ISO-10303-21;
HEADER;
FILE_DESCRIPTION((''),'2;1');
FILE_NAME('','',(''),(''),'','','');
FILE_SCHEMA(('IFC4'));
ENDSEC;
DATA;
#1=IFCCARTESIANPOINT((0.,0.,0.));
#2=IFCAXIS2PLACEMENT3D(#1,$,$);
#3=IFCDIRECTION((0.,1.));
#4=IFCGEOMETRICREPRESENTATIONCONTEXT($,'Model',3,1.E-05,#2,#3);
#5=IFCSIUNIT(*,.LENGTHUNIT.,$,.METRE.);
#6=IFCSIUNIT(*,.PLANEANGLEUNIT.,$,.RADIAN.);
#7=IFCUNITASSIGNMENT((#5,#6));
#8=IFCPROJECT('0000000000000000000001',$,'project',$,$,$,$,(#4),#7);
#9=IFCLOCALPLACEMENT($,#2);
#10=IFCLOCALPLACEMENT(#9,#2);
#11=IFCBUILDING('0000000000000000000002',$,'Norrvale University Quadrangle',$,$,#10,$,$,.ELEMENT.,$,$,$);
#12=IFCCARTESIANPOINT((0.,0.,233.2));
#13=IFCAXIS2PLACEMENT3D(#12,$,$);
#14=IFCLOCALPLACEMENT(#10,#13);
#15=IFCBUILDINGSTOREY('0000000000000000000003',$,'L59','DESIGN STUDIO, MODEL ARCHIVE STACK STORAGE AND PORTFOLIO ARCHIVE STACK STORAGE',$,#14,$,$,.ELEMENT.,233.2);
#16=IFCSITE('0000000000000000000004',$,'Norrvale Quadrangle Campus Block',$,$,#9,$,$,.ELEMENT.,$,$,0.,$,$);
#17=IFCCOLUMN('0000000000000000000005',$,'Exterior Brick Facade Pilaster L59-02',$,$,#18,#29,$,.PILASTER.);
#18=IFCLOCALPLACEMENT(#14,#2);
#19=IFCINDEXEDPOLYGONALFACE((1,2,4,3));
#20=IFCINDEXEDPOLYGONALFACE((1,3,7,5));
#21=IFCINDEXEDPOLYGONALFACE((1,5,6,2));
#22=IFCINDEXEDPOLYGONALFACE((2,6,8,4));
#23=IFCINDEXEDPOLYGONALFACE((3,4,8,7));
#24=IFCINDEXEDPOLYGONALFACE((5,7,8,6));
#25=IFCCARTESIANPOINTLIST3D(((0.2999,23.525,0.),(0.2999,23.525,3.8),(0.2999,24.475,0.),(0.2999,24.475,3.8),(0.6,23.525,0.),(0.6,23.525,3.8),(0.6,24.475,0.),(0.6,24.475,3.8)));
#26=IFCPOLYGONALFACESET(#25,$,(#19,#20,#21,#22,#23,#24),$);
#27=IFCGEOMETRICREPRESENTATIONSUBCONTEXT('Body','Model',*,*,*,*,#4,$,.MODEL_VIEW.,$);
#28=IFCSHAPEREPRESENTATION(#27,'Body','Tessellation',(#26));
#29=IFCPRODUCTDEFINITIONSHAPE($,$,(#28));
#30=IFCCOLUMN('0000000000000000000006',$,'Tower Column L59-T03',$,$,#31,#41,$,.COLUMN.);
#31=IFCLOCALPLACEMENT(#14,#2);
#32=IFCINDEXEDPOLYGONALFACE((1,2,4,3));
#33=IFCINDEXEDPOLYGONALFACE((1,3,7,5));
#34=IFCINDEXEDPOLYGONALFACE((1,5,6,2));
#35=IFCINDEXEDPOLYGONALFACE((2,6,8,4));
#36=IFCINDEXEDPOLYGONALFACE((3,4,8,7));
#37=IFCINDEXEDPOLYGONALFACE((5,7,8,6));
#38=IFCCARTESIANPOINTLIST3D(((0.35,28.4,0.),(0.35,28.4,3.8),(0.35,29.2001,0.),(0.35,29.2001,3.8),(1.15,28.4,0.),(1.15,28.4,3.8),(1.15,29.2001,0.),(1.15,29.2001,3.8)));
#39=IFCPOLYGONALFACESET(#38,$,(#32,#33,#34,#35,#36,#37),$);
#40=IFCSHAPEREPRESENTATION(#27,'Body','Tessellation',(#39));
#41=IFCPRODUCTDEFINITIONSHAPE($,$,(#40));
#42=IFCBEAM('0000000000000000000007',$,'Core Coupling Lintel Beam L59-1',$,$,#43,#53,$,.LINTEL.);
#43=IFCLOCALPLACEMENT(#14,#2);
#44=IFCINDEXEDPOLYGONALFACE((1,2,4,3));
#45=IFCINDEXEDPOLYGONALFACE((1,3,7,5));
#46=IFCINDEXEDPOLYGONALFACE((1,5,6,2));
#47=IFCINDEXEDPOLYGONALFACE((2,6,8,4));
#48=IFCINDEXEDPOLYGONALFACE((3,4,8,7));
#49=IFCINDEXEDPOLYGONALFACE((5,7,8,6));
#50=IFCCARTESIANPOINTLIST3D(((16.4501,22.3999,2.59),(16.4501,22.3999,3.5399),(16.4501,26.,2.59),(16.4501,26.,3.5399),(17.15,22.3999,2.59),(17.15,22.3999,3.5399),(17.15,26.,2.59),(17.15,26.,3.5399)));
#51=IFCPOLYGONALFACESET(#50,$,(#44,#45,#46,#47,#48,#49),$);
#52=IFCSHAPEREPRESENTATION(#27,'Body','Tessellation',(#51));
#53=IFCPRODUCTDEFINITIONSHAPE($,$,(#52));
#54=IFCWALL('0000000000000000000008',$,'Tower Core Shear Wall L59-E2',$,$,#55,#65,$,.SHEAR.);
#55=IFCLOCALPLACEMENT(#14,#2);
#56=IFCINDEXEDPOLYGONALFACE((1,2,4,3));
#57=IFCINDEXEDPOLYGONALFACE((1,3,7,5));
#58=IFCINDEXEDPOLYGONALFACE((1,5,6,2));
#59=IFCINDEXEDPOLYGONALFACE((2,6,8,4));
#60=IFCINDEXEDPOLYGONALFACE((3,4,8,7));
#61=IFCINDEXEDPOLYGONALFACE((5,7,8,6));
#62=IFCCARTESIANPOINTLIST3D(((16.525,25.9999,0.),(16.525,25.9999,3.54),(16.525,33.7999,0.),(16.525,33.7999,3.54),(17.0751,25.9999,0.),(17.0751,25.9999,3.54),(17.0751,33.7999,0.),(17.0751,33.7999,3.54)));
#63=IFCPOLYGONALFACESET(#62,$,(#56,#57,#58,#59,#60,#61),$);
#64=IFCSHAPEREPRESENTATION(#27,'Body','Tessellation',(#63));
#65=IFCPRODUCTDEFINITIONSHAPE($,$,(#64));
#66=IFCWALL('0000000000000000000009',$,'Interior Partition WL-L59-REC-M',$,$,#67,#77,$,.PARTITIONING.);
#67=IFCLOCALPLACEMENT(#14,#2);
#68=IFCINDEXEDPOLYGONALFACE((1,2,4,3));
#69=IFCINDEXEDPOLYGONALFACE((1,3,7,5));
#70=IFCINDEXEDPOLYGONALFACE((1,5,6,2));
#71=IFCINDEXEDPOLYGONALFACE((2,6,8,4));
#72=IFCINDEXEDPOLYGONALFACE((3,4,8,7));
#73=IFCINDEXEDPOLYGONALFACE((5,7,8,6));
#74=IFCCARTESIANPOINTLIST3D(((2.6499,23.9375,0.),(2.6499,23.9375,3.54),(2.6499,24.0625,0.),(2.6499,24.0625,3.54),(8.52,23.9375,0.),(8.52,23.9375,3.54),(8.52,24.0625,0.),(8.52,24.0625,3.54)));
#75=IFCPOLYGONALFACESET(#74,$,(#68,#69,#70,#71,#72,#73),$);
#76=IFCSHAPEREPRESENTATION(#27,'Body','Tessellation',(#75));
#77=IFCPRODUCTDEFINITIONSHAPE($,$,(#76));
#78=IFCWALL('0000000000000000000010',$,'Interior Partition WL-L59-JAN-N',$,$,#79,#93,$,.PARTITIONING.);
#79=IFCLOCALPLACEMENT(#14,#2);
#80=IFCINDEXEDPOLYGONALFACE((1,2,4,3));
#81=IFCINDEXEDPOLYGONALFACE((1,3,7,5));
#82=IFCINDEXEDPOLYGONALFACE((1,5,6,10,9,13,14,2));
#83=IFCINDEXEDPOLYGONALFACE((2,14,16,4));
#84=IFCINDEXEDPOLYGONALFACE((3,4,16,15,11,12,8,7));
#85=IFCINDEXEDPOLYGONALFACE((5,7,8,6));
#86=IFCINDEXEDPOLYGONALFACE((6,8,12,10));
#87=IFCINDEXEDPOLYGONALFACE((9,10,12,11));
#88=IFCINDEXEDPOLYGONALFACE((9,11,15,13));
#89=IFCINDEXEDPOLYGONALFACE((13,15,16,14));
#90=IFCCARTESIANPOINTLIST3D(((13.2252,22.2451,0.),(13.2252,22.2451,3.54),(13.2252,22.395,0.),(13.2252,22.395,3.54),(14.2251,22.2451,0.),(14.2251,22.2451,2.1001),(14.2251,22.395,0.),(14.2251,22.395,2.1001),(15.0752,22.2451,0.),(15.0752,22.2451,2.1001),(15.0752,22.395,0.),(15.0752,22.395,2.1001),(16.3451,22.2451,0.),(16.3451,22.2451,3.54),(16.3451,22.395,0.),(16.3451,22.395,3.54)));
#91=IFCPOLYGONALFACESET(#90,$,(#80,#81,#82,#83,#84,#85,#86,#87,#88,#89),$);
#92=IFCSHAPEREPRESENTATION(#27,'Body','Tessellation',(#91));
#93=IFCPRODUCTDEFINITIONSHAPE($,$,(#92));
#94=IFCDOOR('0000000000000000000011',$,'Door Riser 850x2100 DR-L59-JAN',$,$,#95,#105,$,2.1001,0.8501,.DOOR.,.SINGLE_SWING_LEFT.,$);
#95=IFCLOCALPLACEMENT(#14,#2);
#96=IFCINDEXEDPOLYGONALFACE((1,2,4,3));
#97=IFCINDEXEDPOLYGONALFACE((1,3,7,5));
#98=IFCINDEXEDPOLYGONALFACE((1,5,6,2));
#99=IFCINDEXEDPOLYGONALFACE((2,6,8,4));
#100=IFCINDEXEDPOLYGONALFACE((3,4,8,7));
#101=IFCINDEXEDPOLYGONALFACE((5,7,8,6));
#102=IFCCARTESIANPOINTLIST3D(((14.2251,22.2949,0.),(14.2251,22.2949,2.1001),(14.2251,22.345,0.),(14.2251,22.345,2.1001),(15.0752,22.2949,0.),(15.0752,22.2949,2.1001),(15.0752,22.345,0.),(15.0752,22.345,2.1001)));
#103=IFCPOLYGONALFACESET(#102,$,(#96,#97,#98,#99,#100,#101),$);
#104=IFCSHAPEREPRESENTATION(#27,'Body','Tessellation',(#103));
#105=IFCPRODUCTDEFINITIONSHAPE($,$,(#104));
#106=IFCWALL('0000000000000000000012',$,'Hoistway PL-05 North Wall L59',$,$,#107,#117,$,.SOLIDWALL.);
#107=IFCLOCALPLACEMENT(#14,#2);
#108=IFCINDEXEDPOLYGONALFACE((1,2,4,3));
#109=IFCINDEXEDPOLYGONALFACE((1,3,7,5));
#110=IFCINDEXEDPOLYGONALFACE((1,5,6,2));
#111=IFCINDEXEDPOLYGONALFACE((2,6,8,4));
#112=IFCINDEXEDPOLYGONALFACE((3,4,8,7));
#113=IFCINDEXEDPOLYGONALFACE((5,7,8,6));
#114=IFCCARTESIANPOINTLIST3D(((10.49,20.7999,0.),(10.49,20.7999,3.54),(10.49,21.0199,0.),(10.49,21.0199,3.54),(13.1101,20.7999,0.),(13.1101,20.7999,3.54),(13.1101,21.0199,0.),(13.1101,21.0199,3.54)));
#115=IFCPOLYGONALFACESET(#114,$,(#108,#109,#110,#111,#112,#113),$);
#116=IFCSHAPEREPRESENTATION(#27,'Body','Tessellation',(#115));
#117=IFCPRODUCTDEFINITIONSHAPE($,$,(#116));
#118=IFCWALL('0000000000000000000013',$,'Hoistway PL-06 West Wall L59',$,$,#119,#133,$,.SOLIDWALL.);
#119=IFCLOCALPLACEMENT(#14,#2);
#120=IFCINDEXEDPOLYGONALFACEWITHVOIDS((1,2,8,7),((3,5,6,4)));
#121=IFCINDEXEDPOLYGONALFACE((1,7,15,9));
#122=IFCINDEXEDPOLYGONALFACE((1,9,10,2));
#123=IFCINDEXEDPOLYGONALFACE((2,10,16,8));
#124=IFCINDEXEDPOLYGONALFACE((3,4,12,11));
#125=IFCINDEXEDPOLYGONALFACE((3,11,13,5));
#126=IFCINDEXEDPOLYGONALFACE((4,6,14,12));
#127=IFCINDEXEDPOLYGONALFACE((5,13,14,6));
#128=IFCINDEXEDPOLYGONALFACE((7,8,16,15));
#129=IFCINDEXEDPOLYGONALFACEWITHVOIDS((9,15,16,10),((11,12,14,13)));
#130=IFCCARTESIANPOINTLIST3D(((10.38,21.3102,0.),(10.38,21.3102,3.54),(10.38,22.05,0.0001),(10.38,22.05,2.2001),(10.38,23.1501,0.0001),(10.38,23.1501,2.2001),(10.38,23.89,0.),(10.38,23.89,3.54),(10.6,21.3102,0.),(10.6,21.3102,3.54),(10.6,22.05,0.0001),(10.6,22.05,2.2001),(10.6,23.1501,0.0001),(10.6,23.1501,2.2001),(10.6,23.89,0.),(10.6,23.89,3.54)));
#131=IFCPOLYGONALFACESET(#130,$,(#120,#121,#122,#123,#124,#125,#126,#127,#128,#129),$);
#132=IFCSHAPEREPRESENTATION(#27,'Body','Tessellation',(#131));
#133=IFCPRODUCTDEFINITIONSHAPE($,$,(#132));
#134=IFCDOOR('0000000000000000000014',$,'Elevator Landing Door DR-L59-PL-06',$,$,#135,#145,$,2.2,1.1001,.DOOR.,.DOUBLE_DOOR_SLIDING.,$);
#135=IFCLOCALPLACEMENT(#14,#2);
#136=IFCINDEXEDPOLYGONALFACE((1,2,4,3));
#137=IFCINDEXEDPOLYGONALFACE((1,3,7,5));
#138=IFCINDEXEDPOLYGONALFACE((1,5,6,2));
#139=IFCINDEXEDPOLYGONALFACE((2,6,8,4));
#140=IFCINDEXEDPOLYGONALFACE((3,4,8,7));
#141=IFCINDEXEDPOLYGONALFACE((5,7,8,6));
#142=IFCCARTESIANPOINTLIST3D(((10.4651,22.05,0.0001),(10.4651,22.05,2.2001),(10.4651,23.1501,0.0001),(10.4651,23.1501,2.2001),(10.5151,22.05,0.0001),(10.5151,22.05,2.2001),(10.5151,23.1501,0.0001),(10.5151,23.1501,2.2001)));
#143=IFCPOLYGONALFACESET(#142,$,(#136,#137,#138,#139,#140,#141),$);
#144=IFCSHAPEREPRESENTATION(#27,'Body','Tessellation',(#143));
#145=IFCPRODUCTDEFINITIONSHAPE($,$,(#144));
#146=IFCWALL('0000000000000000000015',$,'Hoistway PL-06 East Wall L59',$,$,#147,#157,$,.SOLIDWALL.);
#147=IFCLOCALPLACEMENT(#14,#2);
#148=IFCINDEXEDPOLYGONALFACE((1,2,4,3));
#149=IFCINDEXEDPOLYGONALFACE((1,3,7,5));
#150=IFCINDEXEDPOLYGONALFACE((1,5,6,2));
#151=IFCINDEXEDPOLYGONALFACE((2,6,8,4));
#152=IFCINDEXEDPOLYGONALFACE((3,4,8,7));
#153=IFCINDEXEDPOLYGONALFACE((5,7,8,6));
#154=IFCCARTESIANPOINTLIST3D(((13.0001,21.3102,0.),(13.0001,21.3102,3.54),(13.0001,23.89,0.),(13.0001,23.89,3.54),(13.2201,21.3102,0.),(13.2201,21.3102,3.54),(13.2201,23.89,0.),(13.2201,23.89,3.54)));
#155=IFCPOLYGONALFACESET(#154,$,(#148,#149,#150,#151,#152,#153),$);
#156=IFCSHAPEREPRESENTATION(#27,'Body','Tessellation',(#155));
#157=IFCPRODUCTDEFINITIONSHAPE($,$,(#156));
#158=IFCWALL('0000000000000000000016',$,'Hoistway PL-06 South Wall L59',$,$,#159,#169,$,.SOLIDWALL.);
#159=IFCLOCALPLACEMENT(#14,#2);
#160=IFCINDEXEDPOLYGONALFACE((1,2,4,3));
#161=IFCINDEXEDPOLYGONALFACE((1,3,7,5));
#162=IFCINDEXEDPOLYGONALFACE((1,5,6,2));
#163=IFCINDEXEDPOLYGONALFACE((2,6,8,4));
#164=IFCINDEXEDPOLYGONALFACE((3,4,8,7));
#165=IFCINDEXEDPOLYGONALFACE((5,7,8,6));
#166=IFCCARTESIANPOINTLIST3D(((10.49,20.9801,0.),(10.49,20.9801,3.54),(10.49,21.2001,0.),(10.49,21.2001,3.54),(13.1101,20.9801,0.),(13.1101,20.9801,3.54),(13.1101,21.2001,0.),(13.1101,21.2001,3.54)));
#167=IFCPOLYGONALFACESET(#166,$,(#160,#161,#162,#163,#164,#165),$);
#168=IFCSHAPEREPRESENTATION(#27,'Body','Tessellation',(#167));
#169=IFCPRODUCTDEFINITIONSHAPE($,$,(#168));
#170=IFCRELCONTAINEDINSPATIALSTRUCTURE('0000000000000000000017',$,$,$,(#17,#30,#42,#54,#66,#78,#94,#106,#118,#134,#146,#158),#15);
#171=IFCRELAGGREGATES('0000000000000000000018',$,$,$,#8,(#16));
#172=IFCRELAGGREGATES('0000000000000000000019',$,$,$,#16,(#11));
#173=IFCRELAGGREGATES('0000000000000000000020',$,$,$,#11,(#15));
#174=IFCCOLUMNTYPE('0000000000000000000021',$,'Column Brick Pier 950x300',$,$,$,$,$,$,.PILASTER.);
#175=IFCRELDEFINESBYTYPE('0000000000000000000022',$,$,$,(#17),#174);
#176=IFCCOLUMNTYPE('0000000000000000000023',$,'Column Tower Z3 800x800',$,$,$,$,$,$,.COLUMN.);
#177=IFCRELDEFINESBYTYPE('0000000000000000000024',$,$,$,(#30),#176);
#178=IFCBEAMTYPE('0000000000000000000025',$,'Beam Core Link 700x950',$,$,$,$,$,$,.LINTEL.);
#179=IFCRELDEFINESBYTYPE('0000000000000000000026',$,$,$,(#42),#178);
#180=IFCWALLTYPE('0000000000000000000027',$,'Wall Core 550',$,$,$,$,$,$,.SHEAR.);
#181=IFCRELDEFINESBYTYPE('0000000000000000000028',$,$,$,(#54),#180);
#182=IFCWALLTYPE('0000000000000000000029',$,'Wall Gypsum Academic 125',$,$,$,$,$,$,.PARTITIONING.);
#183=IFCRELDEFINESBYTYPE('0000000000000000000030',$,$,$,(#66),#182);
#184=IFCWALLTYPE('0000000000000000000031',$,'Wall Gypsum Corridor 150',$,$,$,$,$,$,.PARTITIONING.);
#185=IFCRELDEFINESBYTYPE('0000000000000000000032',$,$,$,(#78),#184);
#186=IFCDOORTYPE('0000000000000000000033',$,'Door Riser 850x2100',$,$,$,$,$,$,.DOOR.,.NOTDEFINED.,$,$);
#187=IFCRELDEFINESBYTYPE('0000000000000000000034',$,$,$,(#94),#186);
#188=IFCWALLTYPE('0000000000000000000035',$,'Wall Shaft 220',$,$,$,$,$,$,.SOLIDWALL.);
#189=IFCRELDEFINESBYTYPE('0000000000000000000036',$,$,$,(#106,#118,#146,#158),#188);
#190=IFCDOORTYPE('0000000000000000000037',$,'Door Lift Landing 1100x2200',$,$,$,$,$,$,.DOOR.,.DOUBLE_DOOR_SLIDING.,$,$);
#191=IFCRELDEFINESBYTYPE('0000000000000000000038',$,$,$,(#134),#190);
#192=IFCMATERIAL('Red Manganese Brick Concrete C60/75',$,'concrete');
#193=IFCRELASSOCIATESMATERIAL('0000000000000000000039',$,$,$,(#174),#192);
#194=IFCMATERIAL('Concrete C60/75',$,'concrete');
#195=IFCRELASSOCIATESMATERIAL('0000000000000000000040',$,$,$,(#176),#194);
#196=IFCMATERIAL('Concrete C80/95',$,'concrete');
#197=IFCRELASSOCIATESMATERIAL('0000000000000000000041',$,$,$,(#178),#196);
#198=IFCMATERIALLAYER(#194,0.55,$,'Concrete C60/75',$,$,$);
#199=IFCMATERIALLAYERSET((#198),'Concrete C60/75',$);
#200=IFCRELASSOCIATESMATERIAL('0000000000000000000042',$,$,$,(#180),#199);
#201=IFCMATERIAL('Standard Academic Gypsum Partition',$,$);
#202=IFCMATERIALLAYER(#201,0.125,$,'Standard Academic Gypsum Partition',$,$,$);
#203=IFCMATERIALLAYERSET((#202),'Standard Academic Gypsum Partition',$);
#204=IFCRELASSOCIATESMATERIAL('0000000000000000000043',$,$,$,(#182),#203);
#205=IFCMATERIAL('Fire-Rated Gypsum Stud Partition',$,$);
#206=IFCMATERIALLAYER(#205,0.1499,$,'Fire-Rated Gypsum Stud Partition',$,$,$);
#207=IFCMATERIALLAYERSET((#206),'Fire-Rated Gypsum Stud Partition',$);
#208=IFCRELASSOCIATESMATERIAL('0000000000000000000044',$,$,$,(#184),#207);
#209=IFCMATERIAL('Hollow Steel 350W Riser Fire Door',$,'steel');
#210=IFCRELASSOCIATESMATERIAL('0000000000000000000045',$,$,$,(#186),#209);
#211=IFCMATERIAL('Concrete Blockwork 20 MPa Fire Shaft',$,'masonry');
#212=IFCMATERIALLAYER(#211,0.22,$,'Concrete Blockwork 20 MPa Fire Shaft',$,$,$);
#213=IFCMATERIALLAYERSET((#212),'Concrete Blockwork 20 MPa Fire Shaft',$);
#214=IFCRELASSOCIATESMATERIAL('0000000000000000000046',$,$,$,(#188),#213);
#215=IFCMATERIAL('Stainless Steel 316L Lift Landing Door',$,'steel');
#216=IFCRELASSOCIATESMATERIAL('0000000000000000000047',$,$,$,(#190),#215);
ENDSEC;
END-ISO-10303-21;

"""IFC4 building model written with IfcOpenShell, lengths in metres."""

from ifc_helpers import new_model, si_unit, direction, frame, frame_2d, origin, origin_2d, place, context, subcontext, project, spatial, rectangle, extrude, material, layer, layer_set, material_profile, profile_set, type_object, element, fill, save


model = new_model("IFC4")

# Units and contexts
model_context = context("Model", 3, precision=1e-05, world=origin(), true_north=direction((0.0, 1.0)))
body_context = subcontext(model_context, "Body", "Model", "MODEL_VIEW")
ifc_project = project(units=[si_unit("LENGTHUNIT", "METRE"), si_unit("PLANEANGLEUNIT", "RADIAN")], contexts=[model_context])

# Site, building, storey
site_placement = place(None, origin())
site = spatial("IfcSite", under=ifc_project, at=site_placement, Name="Norrvale Quadrangle Campus Block", CompositionType="ELEMENT", RefElevation=0.0)
building_placement = place(site_placement, origin())
building = spatial("IfcBuilding", under=site, at=building_placement, Name="Norrvale University Quadrangle", CompositionType="ELEMENT")
storey_placement = place(building_placement, frame((0.0, 0.0, 233.2)))
storey = spatial("IfcBuildingStorey", under=building, at=storey_placement, Name="L59", Description="DESIGN STUDIO, MODEL ARCHIVE STACK STORAGE AND PORTFOLIO ARCHIVE STACK STORAGE", CompositionType="ELEMENT", Elevation=233.2)

# Columns
ifc_material_1 = material(Name="Red Manganese Brick Concrete C60/75", Category="concrete")
ifc_material_profile_1 = material_profile(ifc_material_1, rectangle(XDim=0.95, YDim=0.3, at=origin_2d()), Name="Red Manganese Brick Concrete C60/75")
ifc_profile_set_1 = profile_set([ifc_material_profile_1], Name="Red Manganese Brick Concrete C60/75")
column_type_1 = type_object("IfcColumnType", Name="Column Brick Pier 950x300", PredefinedType="PILASTER", material=ifc_profile_set_1)
column_1_placement = place(storey_placement, frame((0.45, 24.0, 0.0), z_axis=(0.0, 0.0, 1.0), x_axis=(0.0, 1.0, 0.0)))
element("IfcColumn", 1, at=column_1_placement, inside=storey, type_object=column_type_1, Name="Exterior Brick Facade Pilaster L59-02", PredefinedType="PILASTER", context=body_context, shape_type="SweptSolid", body=[
    extrude(rectangle(XDim=0.95, YDim=0.3, at=origin_2d()), origin(), (0.0, 0.0, 1.0), 3.8),
])
ifc_material_2 = material(Name="Concrete C60/75", Category="concrete")
ifc_material_profile_2 = material_profile(ifc_material_2, rectangle(XDim=0.8, YDim=0.8, at=origin_2d()), Name="Concrete C60/75")
ifc_profile_set_2 = profile_set([ifc_material_profile_2], Name="Concrete C60/75")
column_type_2 = type_object("IfcColumnType", Name="Column Tower Z3 800x800", PredefinedType="COLUMN", material=ifc_profile_set_2)
column_2_placement = place(storey_placement, frame((0.75, 28.8, 0.0), z_axis=(0.0, 0.0, 1.0), x_axis=(1.0, 0.0, 0.0)))
element("IfcColumn", 2, at=column_2_placement, inside=storey, type_object=column_type_2, Name="Tower Column L59-T03", PredefinedType="COLUMN", context=body_context, shape_type="SweptSolid", body=[
    extrude(rectangle(XDim=0.8, YDim=0.8, at=origin_2d()), origin(), (0.0, 0.0, 1.0), 3.8),
])

# Beam
ifc_material_3 = material(Name="Concrete C80/95", Category="concrete")
ifc_material_profile_3 = material_profile(ifc_material_3, rectangle(XDim=0.7, YDim=0.95, at=origin_2d()), Name="Concrete C80/95")
ifc_profile_set_3 = profile_set([ifc_material_profile_3], Name="Concrete C80/95")
beam_type = type_object("IfcBeamType", Name="Beam Core Link 700x950", PredefinedType="LINTEL", material=ifc_profile_set_3)
beam_placement = place(storey_placement, frame((16.8, 22.3999, 3.0649), z_axis=(0.0, 1.0, 0.0), x_axis=(-1.0, 0.0, 0.0)))
element("IfcBeam", 3, at=beam_placement, inside=storey, type_object=beam_type, Name="Core Coupling Lintel Beam L59-1", PredefinedType="LINTEL", context=body_context, shape_type="SweptSolid", body=[
    extrude(rectangle(XDim=0.7, YDim=0.95, at=origin_2d()), origin(), (0.0, 0.0, 1.0), 3.6001),
])

# Walls
ifc_layer_1 = layer(ifc_material_2, 0.55, Name="Concrete C60/75")
ifc_layer_set_1 = layer_set([ifc_layer_1], Name="Concrete C60/75")
wall_type_1 = type_object("IfcWallType", Name="Wall Core 550", PredefinedType="SHEAR", material=ifc_layer_set_1)
wall_1_placement = place(storey_placement, frame((16.8, 26.0, 0.0), z_axis=(0.0, 0.0, 1.0), x_axis=(0.0, 1.0, 0.0)))
element("IfcWall", 4, at=wall_1_placement, inside=storey, type_object=wall_type_1, Name="Tower Core Shear Wall L59-E2", PredefinedType="SHEAR", context=body_context, shape_type="SweptSolid", body=[
    extrude(rectangle(XDim=7.8, YDim=0.55, at=frame_2d((3.8999, 0.0))), origin(), (0.0, 0.0, 1.0), 3.54),
])
ifc_material_4 = material(Name="Standard Academic Gypsum Partition")
ifc_layer_2 = layer(ifc_material_4, 0.125, Name="Standard Academic Gypsum Partition")
ifc_layer_set_2 = layer_set([ifc_layer_2], Name="Standard Academic Gypsum Partition")
wall_type_2 = type_object("IfcWallType", Name="Wall Gypsum Academic 125", PredefinedType="PARTITIONING", material=ifc_layer_set_2)
wall_2_placement = place(storey_placement, frame((2.6499, 24.0, 0.0), z_axis=(0.0, 0.0, 1.0), x_axis=(1.0, 0.0, 0.0)))
element("IfcWall", 5, at=wall_2_placement, inside=storey, type_object=wall_type_2, Name="Interior Partition WL-L59-REC-M", PredefinedType="PARTITIONING", context=body_context, shape_type="SweptSolid", body=[
    extrude(rectangle(XDim=5.8701, YDim=0.125, at=frame_2d((2.9351, 0.0))), origin(), (0.0, 0.0, 1.0), 3.54),
])

# Wall, opening, door
ifc_material_5 = material(Name="Fire-Rated Gypsum Stud Partition")
ifc_layer_3 = layer(ifc_material_5, 0.1499, Name="Fire-Rated Gypsum Stud Partition")
ifc_layer_set_3 = layer_set([ifc_layer_3], Name="Fire-Rated Gypsum Stud Partition")
wall_type_3 = type_object("IfcWallType", Name="Wall Gypsum Corridor 150", PredefinedType="PARTITIONING", material=ifc_layer_set_3)
wall_3_placement = place(storey_placement, frame((13.2251, 22.3201, 0.0), z_axis=(0.0, 0.0, 1.0), x_axis=(1.0, 0.0, 0.0)))
wall_3 = element("IfcWall", 6, at=wall_3_placement, inside=storey, type_object=wall_type_3, Name="Interior Partition WL-L59-JAN-N", PredefinedType="PARTITIONING", context=body_context, shape_type="SweptSolid", body=[
    extrude(rectangle(XDim=3.1199, YDim=0.1499, at=frame_2d((1.5601, 0.0))), origin(), (0.0, 0.0, 1.0), 3.54),
])
opening_1_placement = place(wall_3_placement, frame((1.0, 0.0, 0.0)))
opening_1 = element("IfcOpeningElement", 7, at=opening_1_placement, cuts=wall_3, PredefinedType="OPENING", context=body_context, shape_type="SweptSolid", body=[
    extrude(rectangle(XDim=0.8501, YDim=2.1001, at=frame_2d((0.425, 1.05))), frame((0.0, 0.0869, 0.0), z_axis=(0.0, -1.0, 0.0), x_axis=(1.0, 0.0, 0.0)), (0.0, 0.0, 1.0), 0.1738),
])
ifc_material_6 = material(Name="Hollow Steel 350W Riser Fire Door", Category="steel")
door_type_1 = type_object("IfcDoorType", Name="Door Riser 850x2100", OperationType="NOTDEFINED", PredefinedType="DOOR", material=ifc_material_6)
door_1_placement = place(opening_1_placement, origin())
door_1 = element("IfcDoor", 8, at=door_1_placement, inside=storey, type_object=door_type_1, Name="Door Riser 850x2100 DR-L59-JAN", OperationType="SINGLE_SWING_LEFT", OverallHeight=2.1001, OverallWidth=0.8501, PredefinedType="DOOR", context=body_context, shape_type="SweptSolid", body=[
    extrude(rectangle(XDim=0.8501, YDim=2.1001, at=frame_2d((0.425, 1.05))), frame((0.0, 0.0249, 0.0), z_axis=(0.0, -1.0, 0.0), x_axis=(1.0, 0.0, 0.0)), (0.0, 0.0, 1.0), 0.05),
])
fill(opening_1, door_1)

# Wall
ifc_material_7 = material(Name="Concrete Blockwork 20 MPa Fire Shaft", Category="masonry")
ifc_layer_4 = layer(ifc_material_7, 0.22, Name="Concrete Blockwork 20 MPa Fire Shaft")
ifc_layer_set_4 = layer_set([ifc_layer_4], Name="Concrete Blockwork 20 MPa Fire Shaft")
wall_type_4 = type_object("IfcWallType", Name="Wall Shaft 220", PredefinedType="SOLIDWALL", material=ifc_layer_set_4)
wall_4_placement = place(storey_placement, frame((10.49, 20.9099, 0.0), z_axis=(0.0, 0.0, 1.0), x_axis=(1.0, 0.0, 0.0)))
element("IfcWall", 9, at=wall_4_placement, inside=storey, type_object=wall_type_4, Name="Hoistway PL-05 North Wall L59", PredefinedType="SOLIDWALL", context=body_context, shape_type="SweptSolid", body=[
    extrude(rectangle(XDim=2.6201, YDim=0.22, at=frame_2d((1.3101, 0.0))), origin(), (0.0, 0.0, 1.0), 3.54),
])

# Wall, opening, door
wall_5_placement = place(storey_placement, frame((10.49, 21.3101, 0.0), z_axis=(0.0, 0.0, 1.0), x_axis=(0.0, 1.0, 0.0)))
wall_5 = element("IfcWall", 10, at=wall_5_placement, inside=storey, type_object=wall_type_4, Name="Hoistway PL-06 West Wall L59", PredefinedType="SOLIDWALL", context=body_context, shape_type="SweptSolid", body=[
    extrude(rectangle(XDim=2.5798, YDim=0.22, at=frame_2d((1.29, 0.0))), origin(), (0.0, 0.0, 1.0), 3.54),
])
opening_2_placement = place(wall_5_placement, frame((0.74, 0.0, 0.0)))
opening_2 = element("IfcOpeningElement", 11, at=opening_2_placement, cuts=wall_5, PredefinedType="OPENING", context=body_context, shape_type="SweptSolid", body=[
    extrude(rectangle(XDim=1.1001, YDim=2.2, at=frame_2d((0.55, 1.1001))), frame((0.0, 0.1221, 0.0), z_axis=(0.0, -1.0, 0.0), x_axis=(1.0, 0.0, 0.0)), (0.0, 0.0, 1.0), 0.2439),
])
ifc_material_8 = material(Name="Stainless Steel 316L Lift Landing Door", Category="steel")
door_type_2 = type_object("IfcDoorType", Name="Door Lift Landing 1100x2200", OperationType="DOUBLE_DOOR_SLIDING", PredefinedType="DOOR", material=ifc_material_8)
door_2_placement = place(opening_2_placement, origin())
door_2 = element("IfcDoor", 12, at=door_2_placement, inside=storey, type_object=door_type_2, Name="Elevator Landing Door DR-L59-PL-06", OperationType="DOUBLE_DOOR_SLIDING", OverallHeight=2.2, OverallWidth=1.1001, PredefinedType="DOOR", context=body_context, shape_type="SweptSolid", body=[
    extrude(rectangle(XDim=1.1001, YDim=2.2, at=frame_2d((0.55, 1.1001))), frame((0.0, 0.0249, 0.0), z_axis=(0.0, -1.0, 0.0), x_axis=(1.0, 0.0, 0.0)), (0.0, 0.0, 1.0), 0.05),
])
fill(opening_2, door_2)

# Walls
wall_6_placement = place(storey_placement, frame((13.1101, 21.3101, 0.0), z_axis=(0.0, 0.0, 1.0), x_axis=(0.0, 1.0, 0.0)))
element("IfcWall", 13, at=wall_6_placement, inside=storey, type_object=wall_type_4, Name="Hoistway PL-06 East Wall L59", PredefinedType="SOLIDWALL", context=body_context, shape_type="SweptSolid", body=[
    extrude(rectangle(XDim=2.5798, YDim=0.22, at=frame_2d((1.29, 0.0))), origin(), (0.0, 0.0, 1.0), 3.54),
])
for number, where, z_axis, x_axis, name in (
    (14, (10.49, 21.0901, 0.0), (0.0, 0.0, 1.0), (1.0, 0.0, 0.0), "Hoistway PL-06 South Wall L59"),
):
    element("IfcWall", number, at=place(storey_placement, frame(where, z_axis=z_axis, x_axis=x_axis)), inside=storey, type_object=wall_type_4, Name=name, PredefinedType="SOLIDWALL", context=body_context, shape_type="SweptSolid", body=[
        extrude(rectangle(XDim=2.6201, YDim=0.22, at=frame_2d((1.3101, 0.0))), origin(), (0.0, 0.0, 1.0), 3.54),
    ])

save(model, "model.ifc")
